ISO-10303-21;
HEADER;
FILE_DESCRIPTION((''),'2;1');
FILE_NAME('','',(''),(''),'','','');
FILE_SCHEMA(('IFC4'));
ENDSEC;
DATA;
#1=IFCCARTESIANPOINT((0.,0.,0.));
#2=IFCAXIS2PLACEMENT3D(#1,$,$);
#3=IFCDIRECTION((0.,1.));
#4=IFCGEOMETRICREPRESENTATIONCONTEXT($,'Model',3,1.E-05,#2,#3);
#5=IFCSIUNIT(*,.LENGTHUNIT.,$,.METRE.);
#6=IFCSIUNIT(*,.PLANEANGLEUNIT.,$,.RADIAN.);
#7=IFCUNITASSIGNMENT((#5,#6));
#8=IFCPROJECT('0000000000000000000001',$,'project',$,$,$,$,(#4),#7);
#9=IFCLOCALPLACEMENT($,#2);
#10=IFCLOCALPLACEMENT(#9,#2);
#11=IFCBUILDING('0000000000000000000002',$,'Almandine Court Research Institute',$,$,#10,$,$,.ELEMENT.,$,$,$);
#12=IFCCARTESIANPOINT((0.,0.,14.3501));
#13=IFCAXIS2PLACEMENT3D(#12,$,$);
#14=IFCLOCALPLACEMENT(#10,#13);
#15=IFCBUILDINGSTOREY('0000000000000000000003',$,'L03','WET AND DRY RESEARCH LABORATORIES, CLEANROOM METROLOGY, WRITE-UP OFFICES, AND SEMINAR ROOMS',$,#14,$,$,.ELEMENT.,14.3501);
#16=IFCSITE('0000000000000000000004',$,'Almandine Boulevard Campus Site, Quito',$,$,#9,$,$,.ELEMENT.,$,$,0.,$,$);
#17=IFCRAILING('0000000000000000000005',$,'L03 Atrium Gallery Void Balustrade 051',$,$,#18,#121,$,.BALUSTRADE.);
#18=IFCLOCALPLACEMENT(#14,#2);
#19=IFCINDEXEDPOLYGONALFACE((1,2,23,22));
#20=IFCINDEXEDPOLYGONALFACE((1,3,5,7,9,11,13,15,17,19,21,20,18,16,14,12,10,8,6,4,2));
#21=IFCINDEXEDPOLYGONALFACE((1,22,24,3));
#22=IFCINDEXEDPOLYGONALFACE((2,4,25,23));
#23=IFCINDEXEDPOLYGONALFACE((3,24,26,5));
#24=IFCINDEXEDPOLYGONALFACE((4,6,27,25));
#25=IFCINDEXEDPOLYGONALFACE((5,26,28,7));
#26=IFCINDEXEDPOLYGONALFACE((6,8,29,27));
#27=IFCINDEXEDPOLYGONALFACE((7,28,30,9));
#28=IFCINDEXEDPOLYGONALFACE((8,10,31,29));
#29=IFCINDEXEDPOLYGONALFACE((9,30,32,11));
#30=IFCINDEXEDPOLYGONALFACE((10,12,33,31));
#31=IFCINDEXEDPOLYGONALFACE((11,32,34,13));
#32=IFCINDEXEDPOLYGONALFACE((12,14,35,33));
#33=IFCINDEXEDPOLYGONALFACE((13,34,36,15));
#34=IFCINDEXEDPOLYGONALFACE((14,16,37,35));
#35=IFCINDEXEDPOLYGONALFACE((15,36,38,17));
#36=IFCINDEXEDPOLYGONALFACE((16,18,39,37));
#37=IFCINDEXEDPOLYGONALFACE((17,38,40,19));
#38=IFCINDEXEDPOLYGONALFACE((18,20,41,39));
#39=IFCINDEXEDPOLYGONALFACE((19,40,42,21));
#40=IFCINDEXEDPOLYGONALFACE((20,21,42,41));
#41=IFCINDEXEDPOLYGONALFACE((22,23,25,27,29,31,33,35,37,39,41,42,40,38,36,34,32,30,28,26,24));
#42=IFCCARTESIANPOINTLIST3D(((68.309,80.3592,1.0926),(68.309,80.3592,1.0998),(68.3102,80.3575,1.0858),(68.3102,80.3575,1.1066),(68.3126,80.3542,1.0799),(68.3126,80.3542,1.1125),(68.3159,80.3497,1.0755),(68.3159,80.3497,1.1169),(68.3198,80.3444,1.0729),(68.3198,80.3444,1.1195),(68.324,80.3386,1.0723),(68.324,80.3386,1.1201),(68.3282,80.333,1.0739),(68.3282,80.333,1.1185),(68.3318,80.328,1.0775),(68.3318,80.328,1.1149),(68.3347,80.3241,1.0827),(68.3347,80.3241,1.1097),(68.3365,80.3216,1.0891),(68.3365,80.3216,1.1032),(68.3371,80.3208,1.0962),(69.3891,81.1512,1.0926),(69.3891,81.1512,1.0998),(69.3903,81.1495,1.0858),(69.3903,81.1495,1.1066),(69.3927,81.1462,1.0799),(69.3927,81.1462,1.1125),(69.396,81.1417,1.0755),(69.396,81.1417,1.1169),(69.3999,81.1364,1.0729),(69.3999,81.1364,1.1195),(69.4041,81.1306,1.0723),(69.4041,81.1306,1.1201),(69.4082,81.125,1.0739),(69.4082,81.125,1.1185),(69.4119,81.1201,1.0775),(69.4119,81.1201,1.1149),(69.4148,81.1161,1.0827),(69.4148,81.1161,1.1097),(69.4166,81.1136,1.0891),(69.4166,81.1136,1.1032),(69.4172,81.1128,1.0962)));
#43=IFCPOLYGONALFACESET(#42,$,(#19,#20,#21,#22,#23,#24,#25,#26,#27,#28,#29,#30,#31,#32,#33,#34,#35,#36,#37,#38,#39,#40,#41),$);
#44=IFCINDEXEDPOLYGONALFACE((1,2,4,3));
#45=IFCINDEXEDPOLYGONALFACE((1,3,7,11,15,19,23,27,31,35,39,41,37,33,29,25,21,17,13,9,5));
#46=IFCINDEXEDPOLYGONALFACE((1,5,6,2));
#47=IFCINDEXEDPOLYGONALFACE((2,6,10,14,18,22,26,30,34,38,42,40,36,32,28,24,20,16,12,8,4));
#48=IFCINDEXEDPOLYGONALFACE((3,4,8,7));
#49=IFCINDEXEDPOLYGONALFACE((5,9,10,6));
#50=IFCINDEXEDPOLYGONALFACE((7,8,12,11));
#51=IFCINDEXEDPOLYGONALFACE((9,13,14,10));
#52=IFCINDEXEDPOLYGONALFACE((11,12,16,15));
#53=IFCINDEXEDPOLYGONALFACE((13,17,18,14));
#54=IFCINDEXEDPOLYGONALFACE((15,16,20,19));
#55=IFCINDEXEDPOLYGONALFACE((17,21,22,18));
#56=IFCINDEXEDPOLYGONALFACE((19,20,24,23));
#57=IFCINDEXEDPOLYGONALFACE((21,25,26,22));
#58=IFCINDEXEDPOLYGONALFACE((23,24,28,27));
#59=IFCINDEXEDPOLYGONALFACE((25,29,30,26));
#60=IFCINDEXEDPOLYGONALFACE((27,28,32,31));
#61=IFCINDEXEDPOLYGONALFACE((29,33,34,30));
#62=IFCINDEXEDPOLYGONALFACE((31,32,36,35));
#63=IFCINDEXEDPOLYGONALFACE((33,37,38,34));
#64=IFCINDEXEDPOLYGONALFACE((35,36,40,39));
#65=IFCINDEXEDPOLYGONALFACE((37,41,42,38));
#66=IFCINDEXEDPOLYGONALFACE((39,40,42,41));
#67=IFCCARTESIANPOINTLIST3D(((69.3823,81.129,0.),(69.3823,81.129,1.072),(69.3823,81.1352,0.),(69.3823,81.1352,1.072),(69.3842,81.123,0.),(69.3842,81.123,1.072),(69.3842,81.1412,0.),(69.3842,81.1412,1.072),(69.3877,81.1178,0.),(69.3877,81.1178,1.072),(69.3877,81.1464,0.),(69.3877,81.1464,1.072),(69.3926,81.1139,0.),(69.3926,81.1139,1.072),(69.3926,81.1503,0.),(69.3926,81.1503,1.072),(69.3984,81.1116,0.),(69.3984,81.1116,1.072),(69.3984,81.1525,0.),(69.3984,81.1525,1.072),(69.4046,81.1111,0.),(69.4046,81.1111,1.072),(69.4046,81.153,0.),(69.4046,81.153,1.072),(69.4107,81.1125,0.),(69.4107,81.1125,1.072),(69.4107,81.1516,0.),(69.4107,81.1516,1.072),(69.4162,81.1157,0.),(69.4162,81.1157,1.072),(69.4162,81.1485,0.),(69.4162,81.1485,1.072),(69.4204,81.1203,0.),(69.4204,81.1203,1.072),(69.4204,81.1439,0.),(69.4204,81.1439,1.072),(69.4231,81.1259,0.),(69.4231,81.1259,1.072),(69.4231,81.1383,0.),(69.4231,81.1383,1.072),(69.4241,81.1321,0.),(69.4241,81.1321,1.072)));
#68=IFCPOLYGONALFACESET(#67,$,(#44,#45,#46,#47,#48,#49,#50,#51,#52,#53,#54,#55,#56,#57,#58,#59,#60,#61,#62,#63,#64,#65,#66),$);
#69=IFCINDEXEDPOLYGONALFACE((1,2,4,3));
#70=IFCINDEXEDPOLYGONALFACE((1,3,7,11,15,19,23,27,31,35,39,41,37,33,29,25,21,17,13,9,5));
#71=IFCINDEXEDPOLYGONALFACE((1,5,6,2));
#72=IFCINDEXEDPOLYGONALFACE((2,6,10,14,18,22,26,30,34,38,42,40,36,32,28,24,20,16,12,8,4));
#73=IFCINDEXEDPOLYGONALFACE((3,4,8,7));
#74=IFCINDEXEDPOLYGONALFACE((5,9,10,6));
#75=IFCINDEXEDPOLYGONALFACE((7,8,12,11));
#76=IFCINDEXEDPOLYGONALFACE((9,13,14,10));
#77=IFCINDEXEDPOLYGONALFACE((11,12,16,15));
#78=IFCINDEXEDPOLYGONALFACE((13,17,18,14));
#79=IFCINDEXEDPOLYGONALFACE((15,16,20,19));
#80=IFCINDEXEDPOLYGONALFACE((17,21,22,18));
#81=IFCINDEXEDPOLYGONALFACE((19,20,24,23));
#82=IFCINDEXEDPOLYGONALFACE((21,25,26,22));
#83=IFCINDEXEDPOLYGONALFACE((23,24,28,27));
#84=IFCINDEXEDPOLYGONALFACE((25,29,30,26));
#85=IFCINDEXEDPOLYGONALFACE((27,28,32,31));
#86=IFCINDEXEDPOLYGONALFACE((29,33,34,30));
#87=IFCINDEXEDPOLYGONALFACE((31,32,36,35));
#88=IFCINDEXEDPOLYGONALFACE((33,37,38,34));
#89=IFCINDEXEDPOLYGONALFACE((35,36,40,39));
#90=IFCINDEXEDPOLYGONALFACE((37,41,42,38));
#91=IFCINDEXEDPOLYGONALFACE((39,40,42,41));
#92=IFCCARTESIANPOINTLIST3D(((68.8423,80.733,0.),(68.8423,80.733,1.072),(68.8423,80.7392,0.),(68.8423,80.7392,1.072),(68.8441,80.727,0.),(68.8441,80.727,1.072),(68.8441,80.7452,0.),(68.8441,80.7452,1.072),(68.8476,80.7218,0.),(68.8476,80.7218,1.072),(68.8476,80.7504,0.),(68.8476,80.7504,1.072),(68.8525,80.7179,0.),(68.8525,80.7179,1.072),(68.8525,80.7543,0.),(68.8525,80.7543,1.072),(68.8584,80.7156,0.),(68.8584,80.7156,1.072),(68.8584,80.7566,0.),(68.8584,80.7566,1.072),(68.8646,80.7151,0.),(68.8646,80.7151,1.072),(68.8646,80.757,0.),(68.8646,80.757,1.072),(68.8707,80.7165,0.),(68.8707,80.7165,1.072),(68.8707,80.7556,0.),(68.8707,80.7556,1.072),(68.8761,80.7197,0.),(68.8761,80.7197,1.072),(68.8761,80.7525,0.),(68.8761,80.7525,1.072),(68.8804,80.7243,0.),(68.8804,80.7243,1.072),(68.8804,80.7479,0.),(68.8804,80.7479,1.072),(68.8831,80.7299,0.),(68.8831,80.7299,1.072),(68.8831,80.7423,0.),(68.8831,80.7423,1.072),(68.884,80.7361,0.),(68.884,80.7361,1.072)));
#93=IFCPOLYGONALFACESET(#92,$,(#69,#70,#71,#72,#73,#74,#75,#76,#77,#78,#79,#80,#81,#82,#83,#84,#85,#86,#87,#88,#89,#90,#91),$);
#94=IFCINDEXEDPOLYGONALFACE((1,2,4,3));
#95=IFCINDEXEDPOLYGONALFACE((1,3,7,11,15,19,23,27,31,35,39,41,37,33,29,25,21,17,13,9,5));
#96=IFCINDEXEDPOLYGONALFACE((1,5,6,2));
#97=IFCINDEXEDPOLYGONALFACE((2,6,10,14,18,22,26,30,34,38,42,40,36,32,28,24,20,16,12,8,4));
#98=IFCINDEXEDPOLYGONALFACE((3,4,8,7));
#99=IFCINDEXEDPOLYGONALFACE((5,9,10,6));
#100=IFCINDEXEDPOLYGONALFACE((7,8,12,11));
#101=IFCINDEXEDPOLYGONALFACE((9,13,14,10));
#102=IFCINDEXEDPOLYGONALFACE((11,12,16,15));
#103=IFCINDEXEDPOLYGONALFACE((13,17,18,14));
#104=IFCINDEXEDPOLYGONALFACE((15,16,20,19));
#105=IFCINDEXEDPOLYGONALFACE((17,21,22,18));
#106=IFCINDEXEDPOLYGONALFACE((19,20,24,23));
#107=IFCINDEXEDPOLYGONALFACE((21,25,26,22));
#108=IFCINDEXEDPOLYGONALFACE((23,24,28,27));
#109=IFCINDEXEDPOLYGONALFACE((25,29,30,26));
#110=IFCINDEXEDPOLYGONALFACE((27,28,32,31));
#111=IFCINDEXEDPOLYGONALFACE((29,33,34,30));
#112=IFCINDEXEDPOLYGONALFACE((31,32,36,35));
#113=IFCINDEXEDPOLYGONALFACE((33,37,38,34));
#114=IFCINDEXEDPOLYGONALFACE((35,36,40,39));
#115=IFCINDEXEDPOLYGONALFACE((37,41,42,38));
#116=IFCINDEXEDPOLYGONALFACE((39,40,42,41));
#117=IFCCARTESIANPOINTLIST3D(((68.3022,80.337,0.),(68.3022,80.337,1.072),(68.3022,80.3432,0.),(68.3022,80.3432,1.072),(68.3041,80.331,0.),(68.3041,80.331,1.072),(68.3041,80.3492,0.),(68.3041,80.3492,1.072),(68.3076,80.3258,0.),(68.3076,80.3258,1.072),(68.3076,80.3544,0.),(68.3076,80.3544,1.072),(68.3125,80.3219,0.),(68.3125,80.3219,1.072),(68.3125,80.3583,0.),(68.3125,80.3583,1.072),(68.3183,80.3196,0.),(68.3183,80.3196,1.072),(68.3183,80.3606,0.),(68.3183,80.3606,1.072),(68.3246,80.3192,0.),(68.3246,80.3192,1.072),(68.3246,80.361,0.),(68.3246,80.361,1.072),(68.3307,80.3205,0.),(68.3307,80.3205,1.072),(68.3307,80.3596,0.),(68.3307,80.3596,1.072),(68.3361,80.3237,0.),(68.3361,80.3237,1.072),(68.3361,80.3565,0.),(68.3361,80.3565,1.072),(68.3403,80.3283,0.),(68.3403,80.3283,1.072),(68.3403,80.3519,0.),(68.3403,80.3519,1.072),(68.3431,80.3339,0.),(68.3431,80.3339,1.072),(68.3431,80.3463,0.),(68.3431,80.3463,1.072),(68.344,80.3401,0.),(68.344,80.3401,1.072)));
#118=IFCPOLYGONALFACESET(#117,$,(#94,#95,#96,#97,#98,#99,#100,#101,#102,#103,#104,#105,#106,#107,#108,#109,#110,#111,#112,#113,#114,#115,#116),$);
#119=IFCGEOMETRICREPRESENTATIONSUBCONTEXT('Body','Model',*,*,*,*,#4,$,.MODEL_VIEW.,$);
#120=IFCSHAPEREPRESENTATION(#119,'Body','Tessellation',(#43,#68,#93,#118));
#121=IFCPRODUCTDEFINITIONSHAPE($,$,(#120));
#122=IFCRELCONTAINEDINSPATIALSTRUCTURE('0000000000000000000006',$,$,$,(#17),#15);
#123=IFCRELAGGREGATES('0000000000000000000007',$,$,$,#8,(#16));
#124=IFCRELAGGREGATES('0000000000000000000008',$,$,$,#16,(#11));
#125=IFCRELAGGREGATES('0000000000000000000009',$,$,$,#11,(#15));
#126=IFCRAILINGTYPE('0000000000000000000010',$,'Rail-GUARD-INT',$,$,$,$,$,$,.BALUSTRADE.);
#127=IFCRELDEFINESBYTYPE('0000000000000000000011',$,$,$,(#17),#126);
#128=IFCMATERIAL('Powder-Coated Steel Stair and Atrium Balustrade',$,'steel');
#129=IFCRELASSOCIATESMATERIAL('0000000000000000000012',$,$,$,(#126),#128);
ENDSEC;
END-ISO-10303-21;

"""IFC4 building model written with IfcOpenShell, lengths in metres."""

from ifc_helpers import new_model, si_unit, direction, frame, origin, origin_2d, place, context, subcontext, project, spatial, circle, extrude, material, type_object, element, save


model = new_model("IFC4")

# Units and contexts
model_context = context("Model", 3, precision=1e-05, world=origin(), true_north=direction((0.0, 1.0)))
body_context = subcontext(model_context, "Body", "Model", "MODEL_VIEW")
ifc_project = project(units=[si_unit("LENGTHUNIT", "METRE"), si_unit("PLANEANGLEUNIT", "RADIAN")], contexts=[model_context])

# Site, building, storey
site_placement = place(None, origin())
site = spatial("IfcSite", under=ifc_project, at=site_placement, Name="Almandine Boulevard Campus Site, Quito", CompositionType="ELEMENT", RefElevation=0.0)
building_placement = place(site_placement, origin())
building = spatial("IfcBuilding", under=site, at=building_placement, Name="Almandine Court Research Institute", CompositionType="ELEMENT")
storey_placement = place(building_placement, frame((0.0, 0.0, 14.3501)))
storey = spatial("IfcBuildingStorey", under=building, at=storey_placement, Name="L03", Description="WET AND DRY RESEARCH LABORATORIES, CLEANROOM METROLOGY, WRITE-UP OFFICES, AND SEMINAR ROOMS", CompositionType="ELEMENT", Elevation=14.3501)

# Railing
ifc_material_1 = material(Name="Powder-Coated Steel Stair and Atrium Balustrade", Category="steel")
railing_type = type_object("IfcRailingType", Name="Rail-GUARD-INT", PredefinedType="BALUSTRADE", material=ifc_material_1)
railing_1_placement = place(storey_placement, frame((69.4031, 81.1321, 0.0)))
element("IfcRailing", 1, at=railing_1_placement, inside=storey, type_object=railing_type, Name="L03 Atrium Gallery Void Balustrade 051", PredefinedType="BALUSTRADE", context=body_context, shape_type="SweptSolid", body=[
    extrude(circle(Radius=0.0239, at=origin_2d()), frame((0.0, 0.0, 1.0962), z_axis=(-0.806428, -0.591332, 0.0), x_axis=(0.591332, -0.806428, 0.0)), (0.0, 0.0, 1.0), 1.3394),
    extrude(circle(Radius=0.021, at=origin_2d()), origin(), (0.0, 0.0, 1.0), 1.072),
    extrude(circle(Radius=0.021, at=origin_2d()), frame((-0.54, -0.396, 0.0)), (0.0, 0.0, 1.0), 1.072),
    extrude(circle(Radius=0.021, at=origin_2d()), frame((-1.0801, -0.792, 0.0)), (0.0, 0.0, 1.0), 1.072),
])

save(model, "model.ifc")
